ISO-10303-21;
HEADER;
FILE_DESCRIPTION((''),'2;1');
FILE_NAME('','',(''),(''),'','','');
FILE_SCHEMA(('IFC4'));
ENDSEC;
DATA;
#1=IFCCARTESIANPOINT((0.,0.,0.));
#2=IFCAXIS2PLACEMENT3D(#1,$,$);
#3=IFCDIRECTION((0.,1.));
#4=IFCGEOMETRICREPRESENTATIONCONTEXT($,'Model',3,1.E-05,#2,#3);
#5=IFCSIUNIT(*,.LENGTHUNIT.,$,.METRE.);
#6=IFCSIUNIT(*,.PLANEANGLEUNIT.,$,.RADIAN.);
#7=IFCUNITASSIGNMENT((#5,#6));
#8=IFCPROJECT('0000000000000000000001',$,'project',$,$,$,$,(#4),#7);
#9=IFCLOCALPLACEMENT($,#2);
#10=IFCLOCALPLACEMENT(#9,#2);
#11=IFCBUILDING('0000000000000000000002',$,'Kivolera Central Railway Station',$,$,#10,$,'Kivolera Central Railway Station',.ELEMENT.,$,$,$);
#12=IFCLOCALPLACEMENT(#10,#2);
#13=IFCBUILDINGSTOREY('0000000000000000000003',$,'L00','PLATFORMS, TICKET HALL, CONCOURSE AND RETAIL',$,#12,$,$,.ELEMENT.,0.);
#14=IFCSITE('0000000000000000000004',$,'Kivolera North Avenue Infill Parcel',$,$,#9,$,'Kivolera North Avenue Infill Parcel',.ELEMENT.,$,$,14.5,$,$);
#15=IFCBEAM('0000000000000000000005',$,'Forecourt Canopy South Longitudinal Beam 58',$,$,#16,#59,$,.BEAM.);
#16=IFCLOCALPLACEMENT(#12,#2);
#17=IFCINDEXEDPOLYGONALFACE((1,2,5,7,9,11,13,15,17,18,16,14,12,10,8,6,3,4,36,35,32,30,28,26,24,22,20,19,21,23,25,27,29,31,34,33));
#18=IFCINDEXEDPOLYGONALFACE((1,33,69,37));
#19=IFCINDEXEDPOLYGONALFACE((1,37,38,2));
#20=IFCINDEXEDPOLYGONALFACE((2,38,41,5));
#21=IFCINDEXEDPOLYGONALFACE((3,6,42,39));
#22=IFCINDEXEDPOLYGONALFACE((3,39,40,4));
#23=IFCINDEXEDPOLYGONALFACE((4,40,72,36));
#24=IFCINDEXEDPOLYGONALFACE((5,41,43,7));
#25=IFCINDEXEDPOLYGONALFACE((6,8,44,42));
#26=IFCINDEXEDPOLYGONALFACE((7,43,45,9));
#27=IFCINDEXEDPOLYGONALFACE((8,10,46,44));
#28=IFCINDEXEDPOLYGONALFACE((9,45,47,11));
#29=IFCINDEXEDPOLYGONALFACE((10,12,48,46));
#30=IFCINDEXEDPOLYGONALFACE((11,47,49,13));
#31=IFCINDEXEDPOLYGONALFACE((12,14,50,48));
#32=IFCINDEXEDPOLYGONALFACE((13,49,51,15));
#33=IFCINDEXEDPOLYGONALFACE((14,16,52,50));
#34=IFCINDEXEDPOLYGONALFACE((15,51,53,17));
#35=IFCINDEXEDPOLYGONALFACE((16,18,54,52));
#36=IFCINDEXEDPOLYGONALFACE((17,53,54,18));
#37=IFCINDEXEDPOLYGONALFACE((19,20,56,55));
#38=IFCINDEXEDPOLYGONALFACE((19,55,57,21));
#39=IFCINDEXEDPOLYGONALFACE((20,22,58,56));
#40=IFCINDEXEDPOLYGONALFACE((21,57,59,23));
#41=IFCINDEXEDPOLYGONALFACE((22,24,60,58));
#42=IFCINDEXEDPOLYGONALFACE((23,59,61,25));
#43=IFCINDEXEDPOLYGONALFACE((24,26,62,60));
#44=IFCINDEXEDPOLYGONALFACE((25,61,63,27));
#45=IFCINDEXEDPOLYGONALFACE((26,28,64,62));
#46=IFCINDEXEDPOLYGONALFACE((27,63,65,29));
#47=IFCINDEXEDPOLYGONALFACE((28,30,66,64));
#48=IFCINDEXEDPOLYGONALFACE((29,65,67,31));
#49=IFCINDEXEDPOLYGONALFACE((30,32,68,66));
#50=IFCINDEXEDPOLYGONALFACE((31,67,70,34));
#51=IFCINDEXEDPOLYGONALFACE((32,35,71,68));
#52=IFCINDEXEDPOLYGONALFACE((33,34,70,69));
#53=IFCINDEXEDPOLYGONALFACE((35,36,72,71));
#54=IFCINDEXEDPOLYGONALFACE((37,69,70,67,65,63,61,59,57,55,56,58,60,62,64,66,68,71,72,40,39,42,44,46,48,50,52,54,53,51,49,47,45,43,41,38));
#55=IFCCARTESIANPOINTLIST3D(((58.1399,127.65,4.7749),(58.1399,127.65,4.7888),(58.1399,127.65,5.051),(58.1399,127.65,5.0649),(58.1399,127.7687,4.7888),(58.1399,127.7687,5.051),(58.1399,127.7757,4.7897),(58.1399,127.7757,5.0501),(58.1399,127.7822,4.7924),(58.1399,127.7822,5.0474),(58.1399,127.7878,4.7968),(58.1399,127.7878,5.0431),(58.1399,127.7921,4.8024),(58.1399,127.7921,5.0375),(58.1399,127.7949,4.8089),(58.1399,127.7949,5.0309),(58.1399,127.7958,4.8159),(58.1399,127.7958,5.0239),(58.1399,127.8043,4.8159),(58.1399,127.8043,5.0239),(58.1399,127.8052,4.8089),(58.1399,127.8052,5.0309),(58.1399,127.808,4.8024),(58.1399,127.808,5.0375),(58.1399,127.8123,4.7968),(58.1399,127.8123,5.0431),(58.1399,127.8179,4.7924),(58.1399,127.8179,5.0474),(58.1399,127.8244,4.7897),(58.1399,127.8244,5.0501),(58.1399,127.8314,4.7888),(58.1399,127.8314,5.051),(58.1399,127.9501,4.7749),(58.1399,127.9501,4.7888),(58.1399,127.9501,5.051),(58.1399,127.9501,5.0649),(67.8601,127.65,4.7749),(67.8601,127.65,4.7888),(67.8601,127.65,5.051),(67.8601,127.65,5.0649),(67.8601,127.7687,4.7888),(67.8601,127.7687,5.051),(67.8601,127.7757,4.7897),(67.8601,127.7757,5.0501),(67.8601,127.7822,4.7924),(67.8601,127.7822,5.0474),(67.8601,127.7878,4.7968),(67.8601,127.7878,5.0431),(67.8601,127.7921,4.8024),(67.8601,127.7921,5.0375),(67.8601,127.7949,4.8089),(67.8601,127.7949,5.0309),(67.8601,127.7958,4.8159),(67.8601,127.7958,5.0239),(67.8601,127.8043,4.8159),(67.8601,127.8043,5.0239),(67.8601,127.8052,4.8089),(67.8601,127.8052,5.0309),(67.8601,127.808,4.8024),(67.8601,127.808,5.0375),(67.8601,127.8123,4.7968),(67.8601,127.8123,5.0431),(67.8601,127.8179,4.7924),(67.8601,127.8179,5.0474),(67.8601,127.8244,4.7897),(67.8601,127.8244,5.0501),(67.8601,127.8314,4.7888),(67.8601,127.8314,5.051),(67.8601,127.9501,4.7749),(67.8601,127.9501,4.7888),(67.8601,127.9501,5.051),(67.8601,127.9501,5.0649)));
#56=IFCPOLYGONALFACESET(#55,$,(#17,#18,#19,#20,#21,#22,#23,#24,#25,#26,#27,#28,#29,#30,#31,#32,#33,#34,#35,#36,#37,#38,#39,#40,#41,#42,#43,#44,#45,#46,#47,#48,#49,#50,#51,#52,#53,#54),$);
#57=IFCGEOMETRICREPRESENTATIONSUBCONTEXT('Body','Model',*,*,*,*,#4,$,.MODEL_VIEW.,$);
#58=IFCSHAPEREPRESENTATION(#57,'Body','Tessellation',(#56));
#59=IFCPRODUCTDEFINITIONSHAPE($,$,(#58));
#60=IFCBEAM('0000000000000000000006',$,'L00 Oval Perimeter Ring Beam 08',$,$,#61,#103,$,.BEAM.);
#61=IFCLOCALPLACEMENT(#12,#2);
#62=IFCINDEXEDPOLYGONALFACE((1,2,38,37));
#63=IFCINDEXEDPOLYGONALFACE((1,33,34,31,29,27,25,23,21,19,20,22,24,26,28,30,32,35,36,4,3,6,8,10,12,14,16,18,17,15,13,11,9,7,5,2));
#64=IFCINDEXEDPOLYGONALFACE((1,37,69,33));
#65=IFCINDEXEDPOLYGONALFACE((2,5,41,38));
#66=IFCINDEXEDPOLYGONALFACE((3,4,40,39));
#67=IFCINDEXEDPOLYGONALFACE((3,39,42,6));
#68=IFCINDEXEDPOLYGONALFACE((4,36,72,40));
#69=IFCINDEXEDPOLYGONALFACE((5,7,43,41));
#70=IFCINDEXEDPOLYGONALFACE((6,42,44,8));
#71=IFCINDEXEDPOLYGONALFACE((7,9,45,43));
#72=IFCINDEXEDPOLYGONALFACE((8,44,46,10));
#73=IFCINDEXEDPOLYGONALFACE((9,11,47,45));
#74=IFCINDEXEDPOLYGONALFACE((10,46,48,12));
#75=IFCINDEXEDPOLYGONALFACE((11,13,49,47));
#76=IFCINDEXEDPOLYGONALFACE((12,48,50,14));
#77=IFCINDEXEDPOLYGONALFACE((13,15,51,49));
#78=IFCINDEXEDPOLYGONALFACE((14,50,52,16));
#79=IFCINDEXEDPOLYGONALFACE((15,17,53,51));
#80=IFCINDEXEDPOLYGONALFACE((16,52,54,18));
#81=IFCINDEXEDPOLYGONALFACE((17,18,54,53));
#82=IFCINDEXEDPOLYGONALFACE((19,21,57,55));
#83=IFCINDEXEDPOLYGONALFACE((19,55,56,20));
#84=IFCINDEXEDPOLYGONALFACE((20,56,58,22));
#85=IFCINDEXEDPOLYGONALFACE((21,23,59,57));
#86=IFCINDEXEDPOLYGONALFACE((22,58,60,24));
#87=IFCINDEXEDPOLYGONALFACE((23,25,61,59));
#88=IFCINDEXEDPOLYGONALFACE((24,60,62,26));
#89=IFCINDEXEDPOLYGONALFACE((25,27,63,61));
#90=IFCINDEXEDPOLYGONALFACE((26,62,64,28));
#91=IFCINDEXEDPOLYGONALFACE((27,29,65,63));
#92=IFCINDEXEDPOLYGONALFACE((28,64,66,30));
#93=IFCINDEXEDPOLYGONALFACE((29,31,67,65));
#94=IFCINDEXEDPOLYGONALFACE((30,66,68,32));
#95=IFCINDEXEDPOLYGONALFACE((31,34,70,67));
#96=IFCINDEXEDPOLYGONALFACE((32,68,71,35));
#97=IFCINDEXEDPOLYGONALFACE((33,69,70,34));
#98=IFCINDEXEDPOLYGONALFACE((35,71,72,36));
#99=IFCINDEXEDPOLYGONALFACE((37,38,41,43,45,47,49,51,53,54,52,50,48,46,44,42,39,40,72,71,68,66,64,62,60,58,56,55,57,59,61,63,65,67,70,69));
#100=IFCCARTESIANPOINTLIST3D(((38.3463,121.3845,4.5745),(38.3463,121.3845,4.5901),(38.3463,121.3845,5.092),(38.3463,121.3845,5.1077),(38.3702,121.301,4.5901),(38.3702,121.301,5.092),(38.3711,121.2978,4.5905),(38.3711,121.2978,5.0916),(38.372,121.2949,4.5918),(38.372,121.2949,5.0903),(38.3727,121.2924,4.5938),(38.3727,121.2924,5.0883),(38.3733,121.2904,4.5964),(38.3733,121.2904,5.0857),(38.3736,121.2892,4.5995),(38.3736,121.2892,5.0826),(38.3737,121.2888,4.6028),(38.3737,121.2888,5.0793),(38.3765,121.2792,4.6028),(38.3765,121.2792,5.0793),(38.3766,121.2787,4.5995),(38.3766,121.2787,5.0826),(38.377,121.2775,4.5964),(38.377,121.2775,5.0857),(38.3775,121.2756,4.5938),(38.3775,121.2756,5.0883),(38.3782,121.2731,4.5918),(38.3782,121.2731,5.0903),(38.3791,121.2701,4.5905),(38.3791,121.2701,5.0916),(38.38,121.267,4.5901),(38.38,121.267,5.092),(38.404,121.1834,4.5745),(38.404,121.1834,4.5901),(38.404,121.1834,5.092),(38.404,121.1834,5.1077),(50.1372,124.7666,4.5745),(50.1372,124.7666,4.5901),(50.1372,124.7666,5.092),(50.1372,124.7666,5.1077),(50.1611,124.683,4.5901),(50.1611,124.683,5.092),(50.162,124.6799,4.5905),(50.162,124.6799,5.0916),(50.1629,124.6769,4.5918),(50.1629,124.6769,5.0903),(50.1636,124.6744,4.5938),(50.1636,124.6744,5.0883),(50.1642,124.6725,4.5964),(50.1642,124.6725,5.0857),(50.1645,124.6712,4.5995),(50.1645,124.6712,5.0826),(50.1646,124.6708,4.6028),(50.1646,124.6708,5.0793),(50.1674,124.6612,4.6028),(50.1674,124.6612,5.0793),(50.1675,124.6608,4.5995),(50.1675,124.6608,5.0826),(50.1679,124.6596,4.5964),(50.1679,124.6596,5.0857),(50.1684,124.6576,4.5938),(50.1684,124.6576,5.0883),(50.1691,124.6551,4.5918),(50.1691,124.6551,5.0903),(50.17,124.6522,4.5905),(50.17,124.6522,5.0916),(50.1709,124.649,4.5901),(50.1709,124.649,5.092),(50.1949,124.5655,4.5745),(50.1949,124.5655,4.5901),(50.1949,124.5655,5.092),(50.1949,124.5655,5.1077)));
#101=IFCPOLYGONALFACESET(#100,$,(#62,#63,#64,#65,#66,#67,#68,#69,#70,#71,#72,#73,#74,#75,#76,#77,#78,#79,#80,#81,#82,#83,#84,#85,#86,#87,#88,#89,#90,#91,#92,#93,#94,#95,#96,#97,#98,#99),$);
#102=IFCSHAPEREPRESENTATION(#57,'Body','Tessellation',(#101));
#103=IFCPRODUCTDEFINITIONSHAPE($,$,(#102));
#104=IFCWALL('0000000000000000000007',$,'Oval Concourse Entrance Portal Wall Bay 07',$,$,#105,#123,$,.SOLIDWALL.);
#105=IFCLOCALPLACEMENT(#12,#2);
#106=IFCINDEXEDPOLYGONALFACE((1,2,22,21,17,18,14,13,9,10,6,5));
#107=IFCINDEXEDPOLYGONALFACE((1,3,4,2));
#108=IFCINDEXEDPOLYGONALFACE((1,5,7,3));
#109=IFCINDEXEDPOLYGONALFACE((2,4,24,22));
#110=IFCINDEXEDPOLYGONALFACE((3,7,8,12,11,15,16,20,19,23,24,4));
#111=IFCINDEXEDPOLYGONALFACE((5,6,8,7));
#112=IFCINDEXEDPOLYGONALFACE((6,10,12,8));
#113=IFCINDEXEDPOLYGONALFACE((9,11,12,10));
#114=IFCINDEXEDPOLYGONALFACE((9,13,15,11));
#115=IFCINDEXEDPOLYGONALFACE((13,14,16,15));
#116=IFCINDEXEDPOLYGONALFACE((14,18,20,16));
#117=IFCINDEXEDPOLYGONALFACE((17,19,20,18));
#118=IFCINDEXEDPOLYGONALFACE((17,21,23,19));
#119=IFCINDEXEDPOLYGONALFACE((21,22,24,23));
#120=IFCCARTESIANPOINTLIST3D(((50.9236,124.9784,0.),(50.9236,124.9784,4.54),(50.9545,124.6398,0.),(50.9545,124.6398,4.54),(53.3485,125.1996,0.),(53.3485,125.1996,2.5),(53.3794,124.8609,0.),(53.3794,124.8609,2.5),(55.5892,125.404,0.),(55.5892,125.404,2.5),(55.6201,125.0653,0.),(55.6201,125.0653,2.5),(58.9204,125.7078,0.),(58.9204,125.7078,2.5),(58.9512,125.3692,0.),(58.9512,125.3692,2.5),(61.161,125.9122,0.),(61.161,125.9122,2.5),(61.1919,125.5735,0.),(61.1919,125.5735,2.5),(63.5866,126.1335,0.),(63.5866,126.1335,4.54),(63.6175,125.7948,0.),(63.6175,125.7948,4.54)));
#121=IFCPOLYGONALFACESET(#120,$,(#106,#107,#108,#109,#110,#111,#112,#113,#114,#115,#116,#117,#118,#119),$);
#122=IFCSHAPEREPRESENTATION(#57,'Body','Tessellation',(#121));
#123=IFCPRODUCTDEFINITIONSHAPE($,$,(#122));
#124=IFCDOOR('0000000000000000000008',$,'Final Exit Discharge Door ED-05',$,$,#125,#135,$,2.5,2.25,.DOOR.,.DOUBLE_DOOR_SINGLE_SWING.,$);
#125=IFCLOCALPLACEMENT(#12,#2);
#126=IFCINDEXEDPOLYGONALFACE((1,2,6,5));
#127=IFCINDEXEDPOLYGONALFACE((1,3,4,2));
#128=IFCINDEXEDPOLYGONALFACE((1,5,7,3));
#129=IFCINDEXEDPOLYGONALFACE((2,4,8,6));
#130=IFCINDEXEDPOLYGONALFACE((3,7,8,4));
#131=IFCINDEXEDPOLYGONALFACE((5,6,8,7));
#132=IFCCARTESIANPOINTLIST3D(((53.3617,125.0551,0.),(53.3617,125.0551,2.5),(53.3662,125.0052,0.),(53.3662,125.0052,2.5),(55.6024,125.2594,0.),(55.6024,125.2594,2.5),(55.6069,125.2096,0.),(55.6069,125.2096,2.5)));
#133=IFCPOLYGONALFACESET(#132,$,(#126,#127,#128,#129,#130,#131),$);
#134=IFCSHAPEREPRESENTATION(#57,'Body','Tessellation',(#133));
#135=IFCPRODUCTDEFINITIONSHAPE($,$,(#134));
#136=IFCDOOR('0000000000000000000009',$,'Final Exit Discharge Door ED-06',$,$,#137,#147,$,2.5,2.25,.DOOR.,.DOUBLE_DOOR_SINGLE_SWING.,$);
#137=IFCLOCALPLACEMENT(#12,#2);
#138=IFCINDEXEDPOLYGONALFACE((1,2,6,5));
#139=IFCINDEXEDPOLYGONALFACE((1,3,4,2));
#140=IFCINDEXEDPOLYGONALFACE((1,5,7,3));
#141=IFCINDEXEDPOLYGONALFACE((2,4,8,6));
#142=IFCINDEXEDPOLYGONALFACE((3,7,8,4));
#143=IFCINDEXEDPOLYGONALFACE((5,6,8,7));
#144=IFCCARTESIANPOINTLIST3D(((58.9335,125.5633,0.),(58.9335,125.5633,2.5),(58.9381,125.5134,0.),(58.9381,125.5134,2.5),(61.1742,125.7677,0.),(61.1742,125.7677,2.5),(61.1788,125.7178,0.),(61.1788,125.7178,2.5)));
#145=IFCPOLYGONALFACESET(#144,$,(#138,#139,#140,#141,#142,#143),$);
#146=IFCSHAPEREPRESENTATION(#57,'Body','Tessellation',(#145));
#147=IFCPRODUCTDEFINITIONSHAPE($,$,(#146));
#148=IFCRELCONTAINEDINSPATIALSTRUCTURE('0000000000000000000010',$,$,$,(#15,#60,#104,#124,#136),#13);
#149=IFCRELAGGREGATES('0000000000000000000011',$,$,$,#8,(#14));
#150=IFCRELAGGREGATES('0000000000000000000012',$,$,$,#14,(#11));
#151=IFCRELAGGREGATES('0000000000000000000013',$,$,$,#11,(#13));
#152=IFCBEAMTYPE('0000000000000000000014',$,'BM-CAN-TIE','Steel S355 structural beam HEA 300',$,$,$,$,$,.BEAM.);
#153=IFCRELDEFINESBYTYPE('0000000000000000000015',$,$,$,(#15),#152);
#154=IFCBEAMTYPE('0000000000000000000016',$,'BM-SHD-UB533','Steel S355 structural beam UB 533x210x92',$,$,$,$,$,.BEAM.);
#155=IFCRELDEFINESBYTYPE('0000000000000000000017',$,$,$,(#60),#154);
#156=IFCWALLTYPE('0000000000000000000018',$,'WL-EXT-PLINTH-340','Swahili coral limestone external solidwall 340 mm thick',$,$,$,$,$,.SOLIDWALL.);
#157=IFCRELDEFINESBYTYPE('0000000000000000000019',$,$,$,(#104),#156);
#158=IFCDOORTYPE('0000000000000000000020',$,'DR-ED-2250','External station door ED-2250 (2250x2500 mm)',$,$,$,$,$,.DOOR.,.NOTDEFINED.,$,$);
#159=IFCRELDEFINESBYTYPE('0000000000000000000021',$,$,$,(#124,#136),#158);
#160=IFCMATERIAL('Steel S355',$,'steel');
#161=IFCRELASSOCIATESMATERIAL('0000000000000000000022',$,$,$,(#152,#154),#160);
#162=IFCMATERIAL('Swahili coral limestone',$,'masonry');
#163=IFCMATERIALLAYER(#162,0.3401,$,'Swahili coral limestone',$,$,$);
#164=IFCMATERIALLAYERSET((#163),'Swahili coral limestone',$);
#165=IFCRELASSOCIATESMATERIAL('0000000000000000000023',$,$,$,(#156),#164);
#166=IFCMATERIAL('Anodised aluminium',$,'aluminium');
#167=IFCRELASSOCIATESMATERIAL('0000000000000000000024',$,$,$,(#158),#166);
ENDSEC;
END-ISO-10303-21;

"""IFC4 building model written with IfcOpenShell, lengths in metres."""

from ifc_helpers import new_model, si_unit, direction, frame, frame_2d, origin, origin_2d, place, context, subcontext, project, spatial, rectangle, i_section, extrude, material, layer, layer_set, material_profile, profile_set, type_object, element, fill, save


model = new_model("IFC4")

# Units and contexts
model_context = context("Model", 3, precision=1e-05, world=origin(), true_north=direction((0.0, 1.0)))
body_context = subcontext(model_context, "Body", "Model", "MODEL_VIEW")
ifc_project = project(units=[si_unit("LENGTHUNIT", "METRE"), si_unit("PLANEANGLEUNIT", "RADIAN")], contexts=[model_context])

# Site, building, storey
site_placement = place(None, origin())
site = spatial("IfcSite", under=ifc_project, at=site_placement, Name="Kivolera North Avenue Infill Parcel", LongName="Kivolera North Avenue Infill Parcel", CompositionType="ELEMENT", RefElevation=14.5)
building_placement = place(site_placement, origin())
building = spatial("IfcBuilding", under=site, at=building_placement, Name="Kivolera Central Railway Station", LongName="Kivolera Central Railway Station", CompositionType="ELEMENT")
storey_placement = place(building_placement, origin())
storey = spatial("IfcBuildingStorey", under=building, at=storey_placement, Name="L00", Description="PLATFORMS, TICKET HALL, CONCOURSE AND RETAIL", CompositionType="ELEMENT", Elevation=0.0)

# Shared definitions
ifc_material_1 = material(Name="Steel S355", Category="steel")

# Beams
ifc_material_profile_1 = material_profile(ifc_material_1, i_section(OverallWidth=0.3, OverallDepth=0.29, WebThickness=0.0085, FlangeThickness=0.0139, FilletRadius=0.0271, at=origin_2d()), Name="HEA 300")
ifc_profile_set_1 = profile_set([ifc_material_profile_1], Name="Steel S355")
beam_type_1 = type_object("IfcBeamType", Name="BM-CAN-TIE", Description="Steel S355 structural beam HEA 300", PredefinedType="BEAM", material=ifc_profile_set_1)
for number, where, z_axis, x_axis, name in (
    (1, (58.1399, 127.8, 4.9199), (1.0, 0.0, 0.0), (0.0, 1.0, 0.0), "Forecourt Canopy South Longitudinal Beam 58"),
):
    element("IfcBeam", number, at=place(storey_placement, frame(where, z_axis=z_axis, x_axis=x_axis)), inside=storey, type_object=beam_type_1, Name=name, PredefinedType="BEAM", context=body_context, shape_type="SweptSolid", body=[
        extrude(i_section(OverallWidth=0.3, OverallDepth=0.29, WebThickness=0.0085, FlangeThickness=0.0139, FilletRadius=0.0271, at=origin_2d()), origin(), (0.0, 0.0, 1.0), 9.7202),
    ])
ifc_material_profile_2 = material_profile(ifc_material_1, i_section(OverallWidth=0.2092, OverallDepth=0.5332, WebThickness=0.01, FlangeThickness=0.0156, FilletRadius=0.0127, at=origin_2d()), Name="UB 533x210x92")
ifc_profile_set_2 = profile_set([ifc_material_profile_2], Name="Steel S355")
beam_type_2 = type_object("IfcBeamType", Name="BM-SHD-UB533", Description="Steel S355 structural beam UB 533x210x92", PredefinedType="BEAM", material=ifc_profile_set_2)
beam_placement = place(storey_placement, frame((50.166, 124.666, 4.8411), z_axis=(-0.961239, -0.275717, 0.0), x_axis=(0.275717, -0.961239, 0.0)))
element("IfcBeam", 2, at=beam_placement, inside=storey, type_object=beam_type_2, Name="L00 Oval Perimeter Ring Beam 08", PredefinedType="BEAM", context=body_context, shape_type="SweptSolid", body=[
    extrude(i_section(OverallWidth=0.2092, OverallDepth=0.5332, WebThickness=0.01, FlangeThickness=0.0156, FilletRadius=0.0127, at=origin_2d()), origin(), (0.0, 0.0, 1.0), 12.2664),
])

# Wall, openings, doors
ifc_material_2 = material(Name="Swahili coral limestone", Category="masonry")
ifc_layer = layer(ifc_material_2, 0.3401, Name="Swahili coral limestone")
ifc_layer_set = layer_set([ifc_layer], Name="Swahili coral limestone")
wall_type = type_object("IfcWallType", Name="WL-EXT-PLINTH-340", Description="Swahili coral limestone external solidwall 340 mm thick", PredefinedType="SOLIDWALL", material=ifc_layer_set)
wall_placement = place(storey_placement, frame((50.939, 124.8091, 0.0), z_axis=(0.0, 0.0, 1.0), x_axis=(0.995866, 0.090835, 0.0)))
wall = element("IfcWall", 3, at=wall_placement, inside=storey, type_object=wall_type, Name="Oval Concourse Entrance Portal Wall Bay 07", PredefinedType="SOLIDWALL", context=body_context, shape_type="SweptSolid", body=[
    extrude(rectangle(XDim=12.7156, YDim=0.3401, at=frame_2d((6.3579, 0.0))), origin(), (0.0, 0.0, 1.0), 4.54),
])
opening_1_placement = place(wall_placement, frame((2.4351, 0.0, 0.0)))
opening_1 = element("IfcOpeningElement", 4, at=opening_1_placement, cuts=wall, PredefinedType="OPENING", context=body_context, shape_type="SweptSolid", body=[
    extrude(rectangle(XDim=2.25, YDim=2.5, at=frame_2d((1.125, 1.25))), frame((0.0, 0.1799, 0.0), z_axis=(0.0, -1.0, 0.0), x_axis=(1.0, 0.0, 0.0)), (0.0, 0.0, 1.0), 0.3601),
])
opening_2_placement = place(wall_placement, frame((8.03, 0.0, 0.0)))
opening_2 = element("IfcOpeningElement", 5, at=opening_2_placement, cuts=wall, PredefinedType="OPENING", context=body_context, shape_type="SweptSolid", body=[
    extrude(rectangle(XDim=2.25, YDim=2.5, at=frame_2d((1.125, 1.25))), frame((0.0, 0.1799, 0.0), z_axis=(0.0, -1.0, 0.0), x_axis=(1.0, 0.0, 0.0)), (0.0, 0.0, 1.0), 0.3601),
])
ifc_material_3 = material(Name="Anodised aluminium", Category="aluminium")
door_type = type_object("IfcDoorType", Name="DR-ED-2250", Description="External station door ED-2250 (2250x2500 mm)", OperationType="NOTDEFINED", PredefinedType="DOOR", material=ifc_material_3)
door_1_placement = place(opening_1_placement, origin())
door_1 = element("IfcDoor", 6, at=door_1_placement, inside=storey, type_object=door_type, Name="Final Exit Discharge Door ED-05", OperationType="DOUBLE_DOOR_SINGLE_SWING", OverallHeight=2.5, OverallWidth=2.25, PredefinedType="DOOR", context=body_context, shape_type="SweptSolid", body=[
    extrude(rectangle(XDim=2.25, YDim=2.5, at=frame_2d((1.125, 1.25))), frame((0.0, 0.0249, 0.0), z_axis=(0.0, -1.0, 0.0), x_axis=(1.0, 0.0, 0.0)), (0.0, 0.0, 1.0), 0.05),
])
fill(opening_1, door_1)
door_2_placement = place(opening_2_placement, origin())
door_2 = element("IfcDoor", 7, at=door_2_placement, inside=storey, type_object=door_type, Name="Final Exit Discharge Door ED-06", OperationType="DOUBLE_DOOR_SINGLE_SWING", OverallHeight=2.5, OverallWidth=2.25, PredefinedType="DOOR", context=body_context, shape_type="SweptSolid", body=[
    extrude(rectangle(XDim=2.25, YDim=2.5, at=frame_2d((1.125, 1.25))), frame((0.0, 0.0249, 0.0), z_axis=(0.0, -1.0, 0.0), x_axis=(1.0, 0.0, 0.0)), (0.0, 0.0, 1.0), 0.05),
])
fill(opening_2, door_2)

save(model, "model.ifc")
